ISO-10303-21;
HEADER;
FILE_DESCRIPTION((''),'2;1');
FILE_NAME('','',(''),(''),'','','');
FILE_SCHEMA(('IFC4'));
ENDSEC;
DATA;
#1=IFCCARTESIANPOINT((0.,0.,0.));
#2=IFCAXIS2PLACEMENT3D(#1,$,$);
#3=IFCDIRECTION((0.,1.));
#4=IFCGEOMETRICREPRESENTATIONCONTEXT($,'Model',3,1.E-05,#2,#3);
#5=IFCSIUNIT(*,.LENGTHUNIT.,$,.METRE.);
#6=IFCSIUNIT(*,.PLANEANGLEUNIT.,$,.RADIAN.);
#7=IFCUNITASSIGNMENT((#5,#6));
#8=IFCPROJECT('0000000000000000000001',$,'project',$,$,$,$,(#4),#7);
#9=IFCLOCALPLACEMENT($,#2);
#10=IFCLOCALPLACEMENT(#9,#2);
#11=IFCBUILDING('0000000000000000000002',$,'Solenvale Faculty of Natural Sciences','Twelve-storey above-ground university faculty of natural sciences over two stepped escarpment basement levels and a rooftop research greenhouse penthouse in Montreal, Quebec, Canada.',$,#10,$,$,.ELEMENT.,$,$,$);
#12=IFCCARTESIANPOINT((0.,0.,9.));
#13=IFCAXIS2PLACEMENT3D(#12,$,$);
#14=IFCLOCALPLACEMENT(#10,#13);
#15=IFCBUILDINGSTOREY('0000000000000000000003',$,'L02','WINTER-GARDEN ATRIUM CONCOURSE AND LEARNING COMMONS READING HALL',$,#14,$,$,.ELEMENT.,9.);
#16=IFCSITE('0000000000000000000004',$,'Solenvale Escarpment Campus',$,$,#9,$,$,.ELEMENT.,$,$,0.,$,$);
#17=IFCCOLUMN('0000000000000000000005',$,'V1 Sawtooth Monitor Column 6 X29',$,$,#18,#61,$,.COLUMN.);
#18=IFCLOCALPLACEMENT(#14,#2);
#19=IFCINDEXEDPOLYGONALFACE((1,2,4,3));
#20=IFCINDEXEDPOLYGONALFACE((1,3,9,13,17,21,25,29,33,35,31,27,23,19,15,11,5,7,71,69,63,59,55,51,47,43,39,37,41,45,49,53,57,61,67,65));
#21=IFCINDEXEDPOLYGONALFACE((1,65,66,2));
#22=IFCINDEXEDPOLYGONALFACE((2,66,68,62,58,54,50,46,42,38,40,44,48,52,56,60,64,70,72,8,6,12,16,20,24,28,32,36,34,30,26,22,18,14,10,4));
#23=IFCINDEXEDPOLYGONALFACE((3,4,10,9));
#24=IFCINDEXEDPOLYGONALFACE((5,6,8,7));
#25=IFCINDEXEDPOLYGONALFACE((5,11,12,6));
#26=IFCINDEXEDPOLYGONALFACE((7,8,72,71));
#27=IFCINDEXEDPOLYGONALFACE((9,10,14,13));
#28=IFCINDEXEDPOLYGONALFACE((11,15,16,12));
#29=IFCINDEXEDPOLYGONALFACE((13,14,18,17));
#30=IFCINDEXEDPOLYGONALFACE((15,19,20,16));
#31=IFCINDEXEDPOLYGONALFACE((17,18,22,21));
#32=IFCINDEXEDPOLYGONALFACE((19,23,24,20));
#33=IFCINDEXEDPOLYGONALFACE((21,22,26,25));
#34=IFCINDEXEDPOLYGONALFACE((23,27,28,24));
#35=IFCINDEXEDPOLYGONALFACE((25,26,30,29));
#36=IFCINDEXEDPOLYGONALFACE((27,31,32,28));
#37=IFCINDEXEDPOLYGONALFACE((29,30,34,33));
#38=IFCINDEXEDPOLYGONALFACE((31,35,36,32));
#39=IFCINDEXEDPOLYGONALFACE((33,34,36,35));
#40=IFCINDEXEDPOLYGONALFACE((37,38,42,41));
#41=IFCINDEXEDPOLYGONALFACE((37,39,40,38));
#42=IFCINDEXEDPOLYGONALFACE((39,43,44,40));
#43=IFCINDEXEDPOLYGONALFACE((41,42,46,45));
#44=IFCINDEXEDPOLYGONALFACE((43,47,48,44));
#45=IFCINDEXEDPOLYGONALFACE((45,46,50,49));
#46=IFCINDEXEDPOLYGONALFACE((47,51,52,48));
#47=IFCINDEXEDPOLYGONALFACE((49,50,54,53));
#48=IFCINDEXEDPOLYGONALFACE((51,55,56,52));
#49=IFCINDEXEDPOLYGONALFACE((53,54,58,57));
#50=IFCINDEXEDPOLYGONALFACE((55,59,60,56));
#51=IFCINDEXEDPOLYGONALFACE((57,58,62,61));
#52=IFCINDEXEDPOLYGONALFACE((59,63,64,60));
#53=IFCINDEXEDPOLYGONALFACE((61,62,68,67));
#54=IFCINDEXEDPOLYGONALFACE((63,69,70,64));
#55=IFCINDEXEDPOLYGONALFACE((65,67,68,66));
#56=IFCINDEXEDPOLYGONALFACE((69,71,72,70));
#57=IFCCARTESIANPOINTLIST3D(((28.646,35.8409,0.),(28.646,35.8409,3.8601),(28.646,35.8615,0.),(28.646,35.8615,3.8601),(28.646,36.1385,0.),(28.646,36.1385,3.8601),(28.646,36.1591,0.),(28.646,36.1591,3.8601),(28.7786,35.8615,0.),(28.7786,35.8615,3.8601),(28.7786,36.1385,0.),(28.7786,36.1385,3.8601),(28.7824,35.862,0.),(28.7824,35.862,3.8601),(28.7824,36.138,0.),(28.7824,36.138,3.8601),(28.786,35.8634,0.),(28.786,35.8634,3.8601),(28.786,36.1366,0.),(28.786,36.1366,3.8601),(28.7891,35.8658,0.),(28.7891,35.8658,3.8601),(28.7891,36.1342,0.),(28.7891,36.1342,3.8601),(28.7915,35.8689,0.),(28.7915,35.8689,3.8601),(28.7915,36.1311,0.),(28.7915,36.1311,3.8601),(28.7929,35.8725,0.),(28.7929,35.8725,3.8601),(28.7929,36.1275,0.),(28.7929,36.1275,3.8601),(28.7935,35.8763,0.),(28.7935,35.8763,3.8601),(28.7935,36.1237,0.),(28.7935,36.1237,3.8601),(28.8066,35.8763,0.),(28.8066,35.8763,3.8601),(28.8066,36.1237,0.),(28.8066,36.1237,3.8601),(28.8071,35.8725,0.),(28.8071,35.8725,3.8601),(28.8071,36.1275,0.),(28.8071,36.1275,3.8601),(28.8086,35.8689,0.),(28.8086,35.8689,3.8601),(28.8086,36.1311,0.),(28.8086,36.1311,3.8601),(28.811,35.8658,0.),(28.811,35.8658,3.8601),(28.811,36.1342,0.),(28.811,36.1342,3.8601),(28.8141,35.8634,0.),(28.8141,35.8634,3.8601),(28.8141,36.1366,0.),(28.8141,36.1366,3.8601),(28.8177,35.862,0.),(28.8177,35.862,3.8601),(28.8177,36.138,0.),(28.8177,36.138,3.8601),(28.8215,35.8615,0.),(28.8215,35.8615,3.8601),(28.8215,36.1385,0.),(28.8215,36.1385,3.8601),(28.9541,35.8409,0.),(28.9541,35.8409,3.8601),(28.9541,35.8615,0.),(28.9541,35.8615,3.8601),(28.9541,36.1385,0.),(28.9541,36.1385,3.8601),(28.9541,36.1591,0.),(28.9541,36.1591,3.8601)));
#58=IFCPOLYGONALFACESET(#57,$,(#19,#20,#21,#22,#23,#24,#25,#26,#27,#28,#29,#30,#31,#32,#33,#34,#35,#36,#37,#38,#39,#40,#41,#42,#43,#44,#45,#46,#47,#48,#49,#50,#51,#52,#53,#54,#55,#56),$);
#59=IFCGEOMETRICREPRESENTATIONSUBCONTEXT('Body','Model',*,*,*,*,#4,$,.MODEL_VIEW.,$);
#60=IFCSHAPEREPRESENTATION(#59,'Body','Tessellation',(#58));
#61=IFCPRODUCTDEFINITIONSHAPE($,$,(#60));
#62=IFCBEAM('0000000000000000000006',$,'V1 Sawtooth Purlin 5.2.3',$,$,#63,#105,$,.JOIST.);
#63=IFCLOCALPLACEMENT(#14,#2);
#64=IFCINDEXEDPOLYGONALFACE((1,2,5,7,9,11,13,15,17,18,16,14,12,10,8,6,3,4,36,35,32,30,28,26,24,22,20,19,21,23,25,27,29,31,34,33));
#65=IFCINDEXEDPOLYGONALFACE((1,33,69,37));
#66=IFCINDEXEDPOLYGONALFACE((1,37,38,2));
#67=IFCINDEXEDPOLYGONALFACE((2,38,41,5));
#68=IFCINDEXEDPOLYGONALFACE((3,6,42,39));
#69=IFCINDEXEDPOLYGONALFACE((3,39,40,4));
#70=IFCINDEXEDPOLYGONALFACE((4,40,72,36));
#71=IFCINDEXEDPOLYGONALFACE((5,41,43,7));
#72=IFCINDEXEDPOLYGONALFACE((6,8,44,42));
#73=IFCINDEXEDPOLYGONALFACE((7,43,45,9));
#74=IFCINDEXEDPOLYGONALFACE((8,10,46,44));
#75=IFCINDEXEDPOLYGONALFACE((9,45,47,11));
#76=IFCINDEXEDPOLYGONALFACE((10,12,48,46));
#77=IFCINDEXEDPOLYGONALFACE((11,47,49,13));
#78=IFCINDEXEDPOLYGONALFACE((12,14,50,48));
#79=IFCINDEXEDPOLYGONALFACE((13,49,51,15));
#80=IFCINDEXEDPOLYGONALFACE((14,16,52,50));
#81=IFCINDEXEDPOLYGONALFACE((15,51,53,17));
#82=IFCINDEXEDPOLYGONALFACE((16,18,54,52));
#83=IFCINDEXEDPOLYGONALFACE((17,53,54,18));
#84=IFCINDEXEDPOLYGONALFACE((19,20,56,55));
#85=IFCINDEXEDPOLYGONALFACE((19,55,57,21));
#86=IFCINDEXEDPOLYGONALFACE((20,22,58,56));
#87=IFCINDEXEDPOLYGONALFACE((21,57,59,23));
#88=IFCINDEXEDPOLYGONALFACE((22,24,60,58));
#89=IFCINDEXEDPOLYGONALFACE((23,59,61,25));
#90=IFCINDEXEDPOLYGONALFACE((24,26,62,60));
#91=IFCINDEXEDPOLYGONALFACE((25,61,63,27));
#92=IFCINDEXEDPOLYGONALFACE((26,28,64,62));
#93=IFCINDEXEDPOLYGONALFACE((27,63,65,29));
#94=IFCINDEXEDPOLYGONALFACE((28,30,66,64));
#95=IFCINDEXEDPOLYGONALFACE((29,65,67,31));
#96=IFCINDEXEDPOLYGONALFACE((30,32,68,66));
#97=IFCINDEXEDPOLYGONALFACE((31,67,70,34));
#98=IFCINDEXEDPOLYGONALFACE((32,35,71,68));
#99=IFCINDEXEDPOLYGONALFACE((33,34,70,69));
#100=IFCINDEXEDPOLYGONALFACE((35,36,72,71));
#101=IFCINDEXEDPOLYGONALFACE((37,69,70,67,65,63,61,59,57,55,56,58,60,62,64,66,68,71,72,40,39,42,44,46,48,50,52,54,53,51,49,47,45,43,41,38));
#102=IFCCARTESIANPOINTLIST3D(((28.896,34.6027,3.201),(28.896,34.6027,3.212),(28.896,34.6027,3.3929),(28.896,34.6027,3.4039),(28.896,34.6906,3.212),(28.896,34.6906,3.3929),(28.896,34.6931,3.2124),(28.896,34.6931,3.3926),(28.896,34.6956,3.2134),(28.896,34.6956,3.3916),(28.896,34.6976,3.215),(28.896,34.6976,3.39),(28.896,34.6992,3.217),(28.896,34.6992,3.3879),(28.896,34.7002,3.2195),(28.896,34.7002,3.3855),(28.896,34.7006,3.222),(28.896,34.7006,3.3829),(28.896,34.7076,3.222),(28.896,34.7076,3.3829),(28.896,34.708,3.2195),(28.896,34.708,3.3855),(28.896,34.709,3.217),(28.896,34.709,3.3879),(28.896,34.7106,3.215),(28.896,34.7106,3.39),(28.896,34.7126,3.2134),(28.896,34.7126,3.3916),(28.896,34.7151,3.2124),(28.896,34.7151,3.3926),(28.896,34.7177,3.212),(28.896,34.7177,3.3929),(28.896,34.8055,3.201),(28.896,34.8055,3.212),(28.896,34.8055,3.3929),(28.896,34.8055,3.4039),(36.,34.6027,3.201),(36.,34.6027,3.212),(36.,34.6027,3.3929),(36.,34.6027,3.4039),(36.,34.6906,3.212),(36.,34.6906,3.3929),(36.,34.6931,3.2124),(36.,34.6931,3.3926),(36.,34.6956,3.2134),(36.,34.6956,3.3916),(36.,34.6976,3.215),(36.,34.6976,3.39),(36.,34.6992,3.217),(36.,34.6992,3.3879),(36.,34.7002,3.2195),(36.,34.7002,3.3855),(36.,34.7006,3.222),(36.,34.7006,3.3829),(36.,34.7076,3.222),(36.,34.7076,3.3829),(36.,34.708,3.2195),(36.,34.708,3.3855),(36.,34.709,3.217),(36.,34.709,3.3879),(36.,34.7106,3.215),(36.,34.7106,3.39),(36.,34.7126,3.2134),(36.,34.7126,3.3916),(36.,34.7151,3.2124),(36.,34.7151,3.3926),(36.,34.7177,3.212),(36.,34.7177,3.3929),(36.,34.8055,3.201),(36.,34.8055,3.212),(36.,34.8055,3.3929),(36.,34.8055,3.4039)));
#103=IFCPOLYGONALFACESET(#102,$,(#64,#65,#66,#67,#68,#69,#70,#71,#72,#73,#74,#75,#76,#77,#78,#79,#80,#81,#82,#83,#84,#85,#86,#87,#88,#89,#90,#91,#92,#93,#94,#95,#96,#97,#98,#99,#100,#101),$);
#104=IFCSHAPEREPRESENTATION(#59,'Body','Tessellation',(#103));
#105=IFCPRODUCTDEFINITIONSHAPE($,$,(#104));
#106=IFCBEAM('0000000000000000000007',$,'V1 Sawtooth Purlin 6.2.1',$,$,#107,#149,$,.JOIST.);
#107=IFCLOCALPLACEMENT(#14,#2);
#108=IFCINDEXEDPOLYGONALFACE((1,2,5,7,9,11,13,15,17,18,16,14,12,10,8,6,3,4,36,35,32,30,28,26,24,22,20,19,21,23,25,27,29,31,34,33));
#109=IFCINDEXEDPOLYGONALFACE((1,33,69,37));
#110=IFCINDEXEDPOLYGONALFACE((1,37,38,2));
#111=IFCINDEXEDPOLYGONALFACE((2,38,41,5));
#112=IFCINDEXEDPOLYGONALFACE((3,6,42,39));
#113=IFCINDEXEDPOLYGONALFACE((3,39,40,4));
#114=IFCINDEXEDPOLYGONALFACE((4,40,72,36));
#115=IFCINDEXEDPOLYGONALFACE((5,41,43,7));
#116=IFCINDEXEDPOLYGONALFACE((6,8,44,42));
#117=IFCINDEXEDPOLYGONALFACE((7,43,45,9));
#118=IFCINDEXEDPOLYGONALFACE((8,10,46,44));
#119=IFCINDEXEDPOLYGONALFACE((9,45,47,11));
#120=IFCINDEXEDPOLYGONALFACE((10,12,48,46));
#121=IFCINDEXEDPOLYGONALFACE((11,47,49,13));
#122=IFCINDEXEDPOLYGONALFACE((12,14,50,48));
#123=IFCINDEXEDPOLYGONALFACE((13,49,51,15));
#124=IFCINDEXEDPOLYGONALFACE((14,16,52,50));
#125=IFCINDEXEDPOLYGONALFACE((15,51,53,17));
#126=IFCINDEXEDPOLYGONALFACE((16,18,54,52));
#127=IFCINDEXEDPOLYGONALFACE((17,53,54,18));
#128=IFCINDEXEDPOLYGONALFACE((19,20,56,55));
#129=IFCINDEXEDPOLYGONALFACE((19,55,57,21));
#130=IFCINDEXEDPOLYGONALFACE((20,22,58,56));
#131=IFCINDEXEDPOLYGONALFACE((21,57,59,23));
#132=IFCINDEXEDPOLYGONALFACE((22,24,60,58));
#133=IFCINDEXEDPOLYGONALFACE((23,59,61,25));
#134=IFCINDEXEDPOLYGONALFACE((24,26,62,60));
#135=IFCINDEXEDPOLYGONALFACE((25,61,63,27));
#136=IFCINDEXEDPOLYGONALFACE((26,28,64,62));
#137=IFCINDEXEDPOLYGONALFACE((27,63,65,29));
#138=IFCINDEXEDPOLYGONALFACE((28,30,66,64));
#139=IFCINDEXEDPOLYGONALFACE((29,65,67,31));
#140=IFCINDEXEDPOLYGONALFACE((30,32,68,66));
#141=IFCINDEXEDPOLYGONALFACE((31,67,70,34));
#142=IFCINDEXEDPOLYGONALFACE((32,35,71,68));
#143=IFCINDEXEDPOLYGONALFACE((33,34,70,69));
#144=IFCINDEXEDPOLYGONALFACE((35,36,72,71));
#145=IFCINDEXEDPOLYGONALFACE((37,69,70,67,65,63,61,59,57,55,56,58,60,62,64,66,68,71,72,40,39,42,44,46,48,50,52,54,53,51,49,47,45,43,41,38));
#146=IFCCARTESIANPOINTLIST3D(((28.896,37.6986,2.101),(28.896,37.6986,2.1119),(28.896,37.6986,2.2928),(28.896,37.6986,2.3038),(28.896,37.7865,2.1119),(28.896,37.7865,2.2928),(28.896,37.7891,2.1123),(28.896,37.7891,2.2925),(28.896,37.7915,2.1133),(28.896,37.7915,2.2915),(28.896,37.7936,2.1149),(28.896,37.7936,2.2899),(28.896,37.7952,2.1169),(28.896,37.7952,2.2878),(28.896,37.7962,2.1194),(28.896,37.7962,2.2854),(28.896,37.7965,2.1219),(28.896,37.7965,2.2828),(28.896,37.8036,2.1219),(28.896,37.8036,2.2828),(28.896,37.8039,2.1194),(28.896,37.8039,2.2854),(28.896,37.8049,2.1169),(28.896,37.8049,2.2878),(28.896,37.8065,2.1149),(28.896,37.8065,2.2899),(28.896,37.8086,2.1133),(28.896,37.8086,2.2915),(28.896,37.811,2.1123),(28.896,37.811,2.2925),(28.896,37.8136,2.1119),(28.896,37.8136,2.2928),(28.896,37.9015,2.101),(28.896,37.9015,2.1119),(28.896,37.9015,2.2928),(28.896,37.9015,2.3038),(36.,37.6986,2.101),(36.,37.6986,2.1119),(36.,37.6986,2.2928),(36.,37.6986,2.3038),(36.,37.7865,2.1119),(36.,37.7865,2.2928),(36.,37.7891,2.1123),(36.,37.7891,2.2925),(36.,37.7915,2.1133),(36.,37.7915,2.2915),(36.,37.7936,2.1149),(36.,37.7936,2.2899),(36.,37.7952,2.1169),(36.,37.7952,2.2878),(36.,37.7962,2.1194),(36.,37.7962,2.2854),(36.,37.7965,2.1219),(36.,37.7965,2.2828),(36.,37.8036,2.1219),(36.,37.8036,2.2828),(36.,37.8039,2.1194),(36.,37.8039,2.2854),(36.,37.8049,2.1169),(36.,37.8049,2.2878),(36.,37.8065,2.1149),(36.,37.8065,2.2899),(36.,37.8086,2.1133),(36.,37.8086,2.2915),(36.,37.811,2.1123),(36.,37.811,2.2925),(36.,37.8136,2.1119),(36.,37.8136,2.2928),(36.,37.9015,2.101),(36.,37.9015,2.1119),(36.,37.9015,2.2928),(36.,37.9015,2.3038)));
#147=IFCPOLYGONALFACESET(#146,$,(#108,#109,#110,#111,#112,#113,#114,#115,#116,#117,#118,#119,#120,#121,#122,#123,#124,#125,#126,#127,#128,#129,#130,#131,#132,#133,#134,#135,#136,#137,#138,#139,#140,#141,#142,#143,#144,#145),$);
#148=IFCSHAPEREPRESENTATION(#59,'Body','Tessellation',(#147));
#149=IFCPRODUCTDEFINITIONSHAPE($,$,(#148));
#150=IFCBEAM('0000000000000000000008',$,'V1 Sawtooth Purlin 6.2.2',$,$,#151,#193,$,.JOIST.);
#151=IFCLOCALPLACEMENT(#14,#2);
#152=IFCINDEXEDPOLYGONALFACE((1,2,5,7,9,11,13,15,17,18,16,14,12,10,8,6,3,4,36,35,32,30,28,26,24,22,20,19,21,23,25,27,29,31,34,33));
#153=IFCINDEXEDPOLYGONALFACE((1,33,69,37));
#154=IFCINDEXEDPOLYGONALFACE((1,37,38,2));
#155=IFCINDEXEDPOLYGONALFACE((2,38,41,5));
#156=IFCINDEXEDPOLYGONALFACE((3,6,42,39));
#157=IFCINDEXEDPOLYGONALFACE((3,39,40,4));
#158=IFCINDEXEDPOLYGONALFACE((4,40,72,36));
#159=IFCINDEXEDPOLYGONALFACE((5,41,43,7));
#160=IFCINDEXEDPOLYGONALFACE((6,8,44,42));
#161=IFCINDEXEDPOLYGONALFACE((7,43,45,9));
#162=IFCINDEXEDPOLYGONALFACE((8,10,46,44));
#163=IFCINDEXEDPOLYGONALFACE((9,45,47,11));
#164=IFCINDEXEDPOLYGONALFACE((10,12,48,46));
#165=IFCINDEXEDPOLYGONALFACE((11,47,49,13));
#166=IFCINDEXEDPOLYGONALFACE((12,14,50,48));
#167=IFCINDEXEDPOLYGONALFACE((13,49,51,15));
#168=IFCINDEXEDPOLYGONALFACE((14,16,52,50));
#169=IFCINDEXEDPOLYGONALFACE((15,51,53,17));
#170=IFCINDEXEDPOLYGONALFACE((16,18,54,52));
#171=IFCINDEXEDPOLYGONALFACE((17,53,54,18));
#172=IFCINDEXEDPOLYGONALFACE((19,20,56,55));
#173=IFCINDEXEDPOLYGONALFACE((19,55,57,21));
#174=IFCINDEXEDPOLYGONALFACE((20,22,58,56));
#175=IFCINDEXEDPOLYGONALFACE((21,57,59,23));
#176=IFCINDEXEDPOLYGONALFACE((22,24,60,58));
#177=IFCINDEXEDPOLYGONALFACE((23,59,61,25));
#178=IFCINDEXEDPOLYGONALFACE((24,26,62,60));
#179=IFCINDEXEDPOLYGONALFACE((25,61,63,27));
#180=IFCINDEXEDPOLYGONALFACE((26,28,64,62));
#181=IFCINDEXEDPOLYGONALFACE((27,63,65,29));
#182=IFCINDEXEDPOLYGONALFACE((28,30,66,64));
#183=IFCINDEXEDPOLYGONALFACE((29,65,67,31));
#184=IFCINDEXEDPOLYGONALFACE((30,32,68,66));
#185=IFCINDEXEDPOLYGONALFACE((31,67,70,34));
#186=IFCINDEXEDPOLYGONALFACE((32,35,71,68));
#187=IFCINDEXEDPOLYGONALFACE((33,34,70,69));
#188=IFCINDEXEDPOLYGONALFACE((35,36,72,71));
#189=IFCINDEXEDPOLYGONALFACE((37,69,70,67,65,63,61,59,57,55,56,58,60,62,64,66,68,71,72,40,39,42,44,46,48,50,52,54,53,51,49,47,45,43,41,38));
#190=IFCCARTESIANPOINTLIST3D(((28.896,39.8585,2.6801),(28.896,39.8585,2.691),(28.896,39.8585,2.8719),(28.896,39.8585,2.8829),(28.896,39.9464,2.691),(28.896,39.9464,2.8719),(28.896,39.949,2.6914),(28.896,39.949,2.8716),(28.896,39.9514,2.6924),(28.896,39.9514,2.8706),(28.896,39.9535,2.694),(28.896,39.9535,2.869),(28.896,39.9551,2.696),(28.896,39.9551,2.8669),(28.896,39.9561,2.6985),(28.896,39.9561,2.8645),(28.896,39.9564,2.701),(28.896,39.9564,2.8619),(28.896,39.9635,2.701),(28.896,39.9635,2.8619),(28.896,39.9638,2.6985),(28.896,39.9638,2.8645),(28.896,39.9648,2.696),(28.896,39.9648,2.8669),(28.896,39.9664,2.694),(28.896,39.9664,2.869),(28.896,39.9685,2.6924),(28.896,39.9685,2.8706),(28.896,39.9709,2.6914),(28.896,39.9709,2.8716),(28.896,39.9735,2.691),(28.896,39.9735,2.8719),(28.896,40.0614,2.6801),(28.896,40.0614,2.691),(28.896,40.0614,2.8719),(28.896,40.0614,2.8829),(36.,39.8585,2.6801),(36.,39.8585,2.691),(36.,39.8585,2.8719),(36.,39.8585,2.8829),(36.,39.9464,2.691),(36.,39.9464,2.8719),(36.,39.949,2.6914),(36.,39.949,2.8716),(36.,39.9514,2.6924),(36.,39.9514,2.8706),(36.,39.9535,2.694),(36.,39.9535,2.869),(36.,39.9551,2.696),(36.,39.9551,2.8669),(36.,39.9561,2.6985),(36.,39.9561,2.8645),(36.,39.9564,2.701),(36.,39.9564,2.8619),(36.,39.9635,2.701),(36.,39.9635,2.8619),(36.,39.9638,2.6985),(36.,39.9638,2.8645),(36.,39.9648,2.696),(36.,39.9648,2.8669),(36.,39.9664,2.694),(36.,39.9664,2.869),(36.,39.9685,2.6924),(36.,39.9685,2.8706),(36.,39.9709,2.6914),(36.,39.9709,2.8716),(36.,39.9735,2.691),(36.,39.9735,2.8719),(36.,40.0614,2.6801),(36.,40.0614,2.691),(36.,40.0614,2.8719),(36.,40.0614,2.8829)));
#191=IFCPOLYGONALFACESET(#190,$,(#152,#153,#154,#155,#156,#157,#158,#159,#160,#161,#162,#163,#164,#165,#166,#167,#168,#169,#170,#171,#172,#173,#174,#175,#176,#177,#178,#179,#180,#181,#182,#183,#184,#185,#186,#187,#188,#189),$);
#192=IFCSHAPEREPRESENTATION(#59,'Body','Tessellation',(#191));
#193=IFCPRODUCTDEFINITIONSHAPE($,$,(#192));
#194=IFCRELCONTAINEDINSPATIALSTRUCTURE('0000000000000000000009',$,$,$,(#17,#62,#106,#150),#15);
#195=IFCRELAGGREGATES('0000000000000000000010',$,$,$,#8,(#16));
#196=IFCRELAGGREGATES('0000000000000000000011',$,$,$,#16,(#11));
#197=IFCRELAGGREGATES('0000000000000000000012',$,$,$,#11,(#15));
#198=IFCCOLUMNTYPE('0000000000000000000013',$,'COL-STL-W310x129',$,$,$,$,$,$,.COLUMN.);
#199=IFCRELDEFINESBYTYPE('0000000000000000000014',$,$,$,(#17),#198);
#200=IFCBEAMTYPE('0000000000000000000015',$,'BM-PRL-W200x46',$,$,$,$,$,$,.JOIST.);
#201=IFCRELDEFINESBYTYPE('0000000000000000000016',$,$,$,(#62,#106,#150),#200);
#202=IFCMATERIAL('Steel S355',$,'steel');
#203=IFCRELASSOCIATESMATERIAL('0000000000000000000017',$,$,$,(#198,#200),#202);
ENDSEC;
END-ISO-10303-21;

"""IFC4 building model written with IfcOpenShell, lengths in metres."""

from ifc_helpers import new_model, si_unit, direction, frame, origin, origin_2d, place, context, subcontext, project, spatial, i_section, extrude, material, material_profile, profile_set, type_object, element, save


model = new_model("IFC4")

# Units and contexts
model_context = context("Model", 3, precision=1e-05, world=origin(), true_north=direction((0.0, 1.0)))
body_context = subcontext(model_context, "Body", "Model", "MODEL_VIEW")
ifc_project = project(units=[si_unit("LENGTHUNIT", "METRE"), si_unit("PLANEANGLEUNIT", "RADIAN")], contexts=[model_context])

# Site, building, storey
site_placement = place(None, origin())
site = spatial("IfcSite", under=ifc_project, at=site_placement, Name="Solenvale Escarpment Campus", CompositionType="ELEMENT", RefElevation=0.0)
building_placement = place(site_placement, origin())
building = spatial("IfcBuilding", under=site, at=building_placement, Name="Solenvale Faculty of Natural Sciences", Description="Twelve-storey above-ground university faculty of natural sciences over two stepped escarpment basement levels and a rooftop research greenhouse penthouse in Montreal, Quebec, Canada.", CompositionType="ELEMENT")
storey_placement = place(building_placement, frame((0.0, 0.0, 9.0)))
storey = spatial("IfcBuildingStorey", under=building, at=storey_placement, Name="L02", Description="WINTER-GARDEN ATRIUM CONCOURSE AND LEARNING COMMONS READING HALL", CompositionType="ELEMENT", Elevation=9.0)

# Column
ifc_material_1 = material(Name="Steel S355", Category="steel")
ifc_material_profile_1 = material_profile(ifc_material_1, i_section(OverallWidth=0.3081, OverallDepth=0.3181, WebThickness=0.0132, FlangeThickness=0.0205, FilletRadius=0.0149, at=origin_2d()), Name="W310x129")
ifc_profile_set_1 = profile_set([ifc_material_profile_1], Name="Steel S355")
column_type = type_object("IfcColumnType", Name="COL-STL-W310x129", PredefinedType="COLUMN", material=ifc_profile_set_1)
column_placement = place(storey_placement, frame((28.8, 36.0, 0.0), z_axis=(0.0, 0.0, 1.0), x_axis=(1.0, 0.0, 0.0)))
element("IfcColumn", 1, at=column_placement, inside=storey, type_object=column_type, Name="V1 Sawtooth Monitor Column 6 X29", PredefinedType="COLUMN", context=body_context, shape_type="SweptSolid", body=[
    extrude(i_section(OverallWidth=0.3081, OverallDepth=0.3181, WebThickness=0.0132, FlangeThickness=0.0205, FilletRadius=0.0149, at=origin_2d()), origin(), (0.0, 0.0, 1.0), 3.8601),
])

# Beams
ifc_material_profile_2 = material_profile(ifc_material_1, i_section(OverallWidth=0.2029, OverallDepth=0.2029, WebThickness=0.0071, FlangeThickness=0.011, FilletRadius=0.01, at=origin_2d()), Name="W200x46")
ifc_profile_set_2 = profile_set([ifc_material_profile_2], Name="Steel S355")
beam_type_1 = type_object("IfcBeamType", Name="BM-PRL-W200x46", PredefinedType="JOIST", material=ifc_profile_set_2)
for number, where, z_axis, x_axis, name in (
    (2, (28.896, 34.7041, 3.3025), (1.0, 0.0, 0.0), (0.0, 1.0, 0.0), "V1 Sawtooth Purlin 5.2.3"),
    (3, (28.896, 37.8, 2.2024), (1.0, 0.0, 0.0), (0.0, 1.0, 0.0), "V1 Sawtooth Purlin 6.2.1"),
    (4, (28.896, 39.96, 2.7815), (1.0, 0.0, 0.0), (0.0, 1.0, 0.0), "V1 Sawtooth Purlin 6.2.2"),
):
    element("IfcBeam", number, at=place(storey_placement, frame(where, z_axis=z_axis, x_axis=x_axis)), inside=storey, type_object=beam_type_1, Name=name, PredefinedType="JOIST", context=body_context, shape_type="SweptSolid", body=[
        extrude(i_section(OverallWidth=0.2029, OverallDepth=0.2029, WebThickness=0.0071, FlangeThickness=0.011, FilletRadius=0.01, at=origin_2d()), origin(), (0.0, 0.0, 1.0), 7.104),
    ])

save(model, "model.ifc")
